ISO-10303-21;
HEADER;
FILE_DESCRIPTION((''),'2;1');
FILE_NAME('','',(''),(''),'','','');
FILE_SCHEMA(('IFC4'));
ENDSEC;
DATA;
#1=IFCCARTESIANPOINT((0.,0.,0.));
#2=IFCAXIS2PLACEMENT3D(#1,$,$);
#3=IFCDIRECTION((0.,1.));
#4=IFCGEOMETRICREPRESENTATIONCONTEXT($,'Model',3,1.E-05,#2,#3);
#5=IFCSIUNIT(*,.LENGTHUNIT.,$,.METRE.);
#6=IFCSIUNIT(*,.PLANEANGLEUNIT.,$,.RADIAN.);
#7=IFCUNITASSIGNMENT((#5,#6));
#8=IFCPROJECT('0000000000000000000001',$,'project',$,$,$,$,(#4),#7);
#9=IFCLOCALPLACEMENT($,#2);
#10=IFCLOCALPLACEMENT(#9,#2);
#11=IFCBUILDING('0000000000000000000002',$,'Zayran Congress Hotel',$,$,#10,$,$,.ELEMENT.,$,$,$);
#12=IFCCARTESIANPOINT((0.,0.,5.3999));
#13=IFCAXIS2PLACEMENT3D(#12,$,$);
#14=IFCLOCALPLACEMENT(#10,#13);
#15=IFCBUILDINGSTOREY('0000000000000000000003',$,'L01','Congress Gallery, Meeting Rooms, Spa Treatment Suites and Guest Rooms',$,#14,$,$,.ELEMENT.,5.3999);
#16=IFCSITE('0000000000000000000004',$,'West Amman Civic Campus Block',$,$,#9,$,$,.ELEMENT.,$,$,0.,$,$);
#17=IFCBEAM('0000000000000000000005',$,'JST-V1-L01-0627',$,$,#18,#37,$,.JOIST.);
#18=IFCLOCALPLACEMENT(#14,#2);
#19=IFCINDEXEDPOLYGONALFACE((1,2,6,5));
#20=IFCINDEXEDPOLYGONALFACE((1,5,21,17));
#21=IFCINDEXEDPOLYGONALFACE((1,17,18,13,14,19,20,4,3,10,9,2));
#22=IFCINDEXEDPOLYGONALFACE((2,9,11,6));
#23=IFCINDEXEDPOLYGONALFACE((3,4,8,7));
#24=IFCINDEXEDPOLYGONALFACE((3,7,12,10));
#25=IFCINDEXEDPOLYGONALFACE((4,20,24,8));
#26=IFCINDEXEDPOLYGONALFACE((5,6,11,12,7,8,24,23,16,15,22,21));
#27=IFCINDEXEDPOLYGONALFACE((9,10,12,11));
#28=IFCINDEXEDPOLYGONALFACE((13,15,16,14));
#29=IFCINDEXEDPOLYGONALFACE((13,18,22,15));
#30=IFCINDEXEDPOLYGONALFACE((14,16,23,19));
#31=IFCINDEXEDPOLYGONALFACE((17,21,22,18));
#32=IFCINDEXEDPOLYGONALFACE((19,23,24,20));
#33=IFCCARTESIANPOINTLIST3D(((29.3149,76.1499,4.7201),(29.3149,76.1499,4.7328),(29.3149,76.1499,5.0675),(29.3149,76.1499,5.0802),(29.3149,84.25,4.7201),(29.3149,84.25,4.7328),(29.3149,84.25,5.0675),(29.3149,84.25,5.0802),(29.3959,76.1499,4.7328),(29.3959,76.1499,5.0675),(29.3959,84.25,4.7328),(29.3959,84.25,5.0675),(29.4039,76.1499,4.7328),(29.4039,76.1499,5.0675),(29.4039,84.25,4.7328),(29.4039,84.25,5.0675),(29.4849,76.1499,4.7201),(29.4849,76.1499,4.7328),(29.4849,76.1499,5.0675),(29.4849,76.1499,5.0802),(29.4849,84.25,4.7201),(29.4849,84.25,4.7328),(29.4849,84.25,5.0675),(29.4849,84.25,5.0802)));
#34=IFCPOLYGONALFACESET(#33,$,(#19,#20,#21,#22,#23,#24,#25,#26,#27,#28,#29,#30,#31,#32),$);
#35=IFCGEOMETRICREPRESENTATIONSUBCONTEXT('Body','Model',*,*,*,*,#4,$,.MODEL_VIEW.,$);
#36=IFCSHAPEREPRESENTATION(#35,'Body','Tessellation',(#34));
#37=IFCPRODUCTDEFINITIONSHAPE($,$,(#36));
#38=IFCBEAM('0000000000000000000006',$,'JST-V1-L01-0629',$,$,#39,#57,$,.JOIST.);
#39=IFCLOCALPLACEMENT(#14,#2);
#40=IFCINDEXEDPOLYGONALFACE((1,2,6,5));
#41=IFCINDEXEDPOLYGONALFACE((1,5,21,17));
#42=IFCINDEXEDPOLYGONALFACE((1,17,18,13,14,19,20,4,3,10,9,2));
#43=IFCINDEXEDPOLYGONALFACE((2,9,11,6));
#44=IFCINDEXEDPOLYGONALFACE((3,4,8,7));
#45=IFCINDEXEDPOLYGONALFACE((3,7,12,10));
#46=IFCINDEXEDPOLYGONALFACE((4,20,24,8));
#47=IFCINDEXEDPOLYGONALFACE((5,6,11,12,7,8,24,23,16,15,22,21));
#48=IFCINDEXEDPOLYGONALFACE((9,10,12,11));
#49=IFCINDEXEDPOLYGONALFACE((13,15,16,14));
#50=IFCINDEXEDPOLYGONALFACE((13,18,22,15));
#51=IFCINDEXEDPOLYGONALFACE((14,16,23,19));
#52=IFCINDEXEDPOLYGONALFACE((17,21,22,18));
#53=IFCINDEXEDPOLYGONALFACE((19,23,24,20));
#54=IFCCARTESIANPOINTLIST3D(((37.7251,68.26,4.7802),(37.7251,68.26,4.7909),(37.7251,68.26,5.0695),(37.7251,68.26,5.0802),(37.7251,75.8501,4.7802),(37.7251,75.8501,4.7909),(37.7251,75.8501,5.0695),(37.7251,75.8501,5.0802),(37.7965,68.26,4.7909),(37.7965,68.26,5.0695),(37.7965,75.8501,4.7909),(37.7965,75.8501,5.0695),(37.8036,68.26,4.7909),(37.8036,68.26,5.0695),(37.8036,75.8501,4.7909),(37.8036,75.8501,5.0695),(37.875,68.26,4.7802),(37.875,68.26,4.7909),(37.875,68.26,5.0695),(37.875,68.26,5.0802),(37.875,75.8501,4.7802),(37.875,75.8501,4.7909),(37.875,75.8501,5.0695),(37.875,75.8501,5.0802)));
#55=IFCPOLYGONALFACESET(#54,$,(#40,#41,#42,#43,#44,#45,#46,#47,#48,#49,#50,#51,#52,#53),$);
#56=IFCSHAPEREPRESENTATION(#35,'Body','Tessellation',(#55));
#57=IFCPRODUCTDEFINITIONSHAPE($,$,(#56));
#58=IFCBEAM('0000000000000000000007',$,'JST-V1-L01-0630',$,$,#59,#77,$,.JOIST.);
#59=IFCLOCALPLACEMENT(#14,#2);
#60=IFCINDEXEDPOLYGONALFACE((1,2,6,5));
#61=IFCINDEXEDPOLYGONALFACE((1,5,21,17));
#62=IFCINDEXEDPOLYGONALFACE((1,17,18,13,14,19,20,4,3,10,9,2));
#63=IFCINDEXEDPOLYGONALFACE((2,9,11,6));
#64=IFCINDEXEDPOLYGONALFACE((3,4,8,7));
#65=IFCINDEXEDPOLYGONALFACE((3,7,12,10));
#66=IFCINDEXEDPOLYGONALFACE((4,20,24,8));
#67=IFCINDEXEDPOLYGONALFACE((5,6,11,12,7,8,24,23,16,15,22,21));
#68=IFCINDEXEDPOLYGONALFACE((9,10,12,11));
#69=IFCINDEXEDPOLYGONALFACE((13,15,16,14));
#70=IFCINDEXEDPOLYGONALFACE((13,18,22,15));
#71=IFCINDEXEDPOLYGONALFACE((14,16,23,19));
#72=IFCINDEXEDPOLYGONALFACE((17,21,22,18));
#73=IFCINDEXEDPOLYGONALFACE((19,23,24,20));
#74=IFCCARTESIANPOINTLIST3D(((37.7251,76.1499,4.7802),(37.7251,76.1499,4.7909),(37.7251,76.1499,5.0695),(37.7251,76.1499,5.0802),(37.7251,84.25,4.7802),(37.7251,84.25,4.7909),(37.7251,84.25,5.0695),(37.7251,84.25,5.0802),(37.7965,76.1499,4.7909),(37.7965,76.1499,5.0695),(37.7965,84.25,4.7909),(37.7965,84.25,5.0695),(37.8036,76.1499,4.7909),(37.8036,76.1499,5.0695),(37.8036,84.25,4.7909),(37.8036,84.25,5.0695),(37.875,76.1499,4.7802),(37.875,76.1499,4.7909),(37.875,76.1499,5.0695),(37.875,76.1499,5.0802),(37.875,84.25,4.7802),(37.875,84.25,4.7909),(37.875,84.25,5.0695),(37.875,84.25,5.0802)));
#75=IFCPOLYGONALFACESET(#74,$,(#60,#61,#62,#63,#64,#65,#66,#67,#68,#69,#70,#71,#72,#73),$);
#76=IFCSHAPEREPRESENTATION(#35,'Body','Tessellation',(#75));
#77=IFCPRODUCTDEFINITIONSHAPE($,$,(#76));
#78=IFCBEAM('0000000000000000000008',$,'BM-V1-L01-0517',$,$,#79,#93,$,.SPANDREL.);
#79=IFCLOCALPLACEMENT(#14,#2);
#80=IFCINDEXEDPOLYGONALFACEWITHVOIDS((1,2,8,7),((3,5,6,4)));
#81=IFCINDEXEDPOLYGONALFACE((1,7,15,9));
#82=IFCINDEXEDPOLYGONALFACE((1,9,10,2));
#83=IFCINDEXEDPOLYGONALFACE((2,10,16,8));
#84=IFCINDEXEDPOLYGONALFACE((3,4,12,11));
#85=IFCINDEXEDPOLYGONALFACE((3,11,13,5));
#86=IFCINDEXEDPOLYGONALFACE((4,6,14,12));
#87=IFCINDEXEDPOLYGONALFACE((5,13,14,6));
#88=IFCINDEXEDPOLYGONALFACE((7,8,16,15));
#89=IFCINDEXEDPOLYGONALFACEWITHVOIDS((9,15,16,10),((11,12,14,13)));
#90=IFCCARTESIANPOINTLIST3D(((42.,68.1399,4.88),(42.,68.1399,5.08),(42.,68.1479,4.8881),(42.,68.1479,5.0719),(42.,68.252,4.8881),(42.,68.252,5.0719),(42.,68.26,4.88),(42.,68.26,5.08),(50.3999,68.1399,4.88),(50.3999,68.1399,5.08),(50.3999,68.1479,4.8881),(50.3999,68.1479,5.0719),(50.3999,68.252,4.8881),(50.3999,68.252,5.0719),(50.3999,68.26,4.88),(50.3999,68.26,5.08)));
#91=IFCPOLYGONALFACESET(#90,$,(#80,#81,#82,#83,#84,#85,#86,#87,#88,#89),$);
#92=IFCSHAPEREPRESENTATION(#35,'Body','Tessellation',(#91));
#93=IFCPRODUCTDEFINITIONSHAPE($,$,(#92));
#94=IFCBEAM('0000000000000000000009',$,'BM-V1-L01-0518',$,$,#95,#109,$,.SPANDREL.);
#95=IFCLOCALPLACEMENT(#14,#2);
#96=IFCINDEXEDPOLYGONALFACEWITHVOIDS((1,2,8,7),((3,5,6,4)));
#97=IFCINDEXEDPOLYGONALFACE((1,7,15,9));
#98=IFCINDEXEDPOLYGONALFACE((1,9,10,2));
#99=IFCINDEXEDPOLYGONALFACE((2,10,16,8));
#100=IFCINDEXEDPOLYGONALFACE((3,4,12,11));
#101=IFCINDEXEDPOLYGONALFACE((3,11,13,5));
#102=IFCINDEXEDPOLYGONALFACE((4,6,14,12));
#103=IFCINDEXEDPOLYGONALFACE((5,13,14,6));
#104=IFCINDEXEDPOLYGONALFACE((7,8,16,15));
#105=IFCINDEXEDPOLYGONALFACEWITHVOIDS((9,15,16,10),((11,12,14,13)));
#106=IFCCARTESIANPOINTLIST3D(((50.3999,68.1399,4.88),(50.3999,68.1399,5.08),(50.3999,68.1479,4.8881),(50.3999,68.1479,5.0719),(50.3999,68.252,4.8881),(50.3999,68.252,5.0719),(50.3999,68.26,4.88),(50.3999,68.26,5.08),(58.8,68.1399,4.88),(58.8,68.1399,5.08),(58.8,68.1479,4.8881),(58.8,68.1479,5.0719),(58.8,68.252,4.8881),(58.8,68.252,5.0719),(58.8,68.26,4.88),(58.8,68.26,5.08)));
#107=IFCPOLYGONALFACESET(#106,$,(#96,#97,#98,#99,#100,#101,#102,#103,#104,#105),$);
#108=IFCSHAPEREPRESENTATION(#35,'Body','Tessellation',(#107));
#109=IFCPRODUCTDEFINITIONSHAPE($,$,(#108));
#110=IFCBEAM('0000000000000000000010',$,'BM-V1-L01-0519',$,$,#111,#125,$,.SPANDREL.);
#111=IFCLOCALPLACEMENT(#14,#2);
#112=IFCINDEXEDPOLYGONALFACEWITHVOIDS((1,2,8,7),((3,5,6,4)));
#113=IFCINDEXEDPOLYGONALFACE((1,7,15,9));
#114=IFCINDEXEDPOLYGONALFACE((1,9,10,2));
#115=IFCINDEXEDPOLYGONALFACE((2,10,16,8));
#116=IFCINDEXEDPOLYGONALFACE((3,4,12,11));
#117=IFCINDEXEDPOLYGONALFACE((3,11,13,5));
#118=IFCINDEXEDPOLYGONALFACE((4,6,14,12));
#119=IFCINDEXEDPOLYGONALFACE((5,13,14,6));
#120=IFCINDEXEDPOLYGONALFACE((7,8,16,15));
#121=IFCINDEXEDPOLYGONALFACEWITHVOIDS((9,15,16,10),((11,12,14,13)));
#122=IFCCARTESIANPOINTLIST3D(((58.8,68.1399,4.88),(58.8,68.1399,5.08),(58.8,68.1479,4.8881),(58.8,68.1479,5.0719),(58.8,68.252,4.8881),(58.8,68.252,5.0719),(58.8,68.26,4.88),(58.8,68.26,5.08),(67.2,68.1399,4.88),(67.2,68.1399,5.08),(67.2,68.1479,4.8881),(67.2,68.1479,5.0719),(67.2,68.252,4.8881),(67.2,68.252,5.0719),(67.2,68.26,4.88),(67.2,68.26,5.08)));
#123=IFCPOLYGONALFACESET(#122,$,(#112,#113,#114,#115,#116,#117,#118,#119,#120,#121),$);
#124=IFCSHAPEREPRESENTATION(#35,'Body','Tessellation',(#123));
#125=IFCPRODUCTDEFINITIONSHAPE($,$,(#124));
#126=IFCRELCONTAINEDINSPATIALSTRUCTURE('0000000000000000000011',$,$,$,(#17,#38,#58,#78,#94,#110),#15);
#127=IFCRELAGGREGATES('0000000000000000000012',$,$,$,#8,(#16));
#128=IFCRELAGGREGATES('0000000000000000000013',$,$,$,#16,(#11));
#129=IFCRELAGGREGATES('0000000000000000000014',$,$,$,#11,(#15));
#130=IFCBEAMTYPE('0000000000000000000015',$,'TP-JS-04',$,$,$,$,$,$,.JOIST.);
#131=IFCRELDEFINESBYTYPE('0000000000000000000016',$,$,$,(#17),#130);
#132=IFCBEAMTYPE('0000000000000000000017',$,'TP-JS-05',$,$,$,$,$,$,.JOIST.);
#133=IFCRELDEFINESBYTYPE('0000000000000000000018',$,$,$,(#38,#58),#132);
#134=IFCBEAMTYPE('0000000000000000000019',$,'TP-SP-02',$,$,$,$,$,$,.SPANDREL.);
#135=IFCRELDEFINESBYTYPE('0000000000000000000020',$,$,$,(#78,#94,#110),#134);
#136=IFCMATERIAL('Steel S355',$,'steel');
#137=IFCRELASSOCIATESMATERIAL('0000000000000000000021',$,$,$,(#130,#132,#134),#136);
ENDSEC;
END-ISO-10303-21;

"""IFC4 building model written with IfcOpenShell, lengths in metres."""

from ifc_helpers import new_model, si_unit, direction, frame, origin, origin_2d, place, context, subcontext, project, spatial, hollow_rectangle, i_section, extrude, material, material_profile, profile_set, type_object, element, save


model = new_model("IFC4")

# Units and contexts
model_context = context("Model", 3, precision=1e-05, world=origin(), true_north=direction((0.0, 1.0)))
body_context = subcontext(model_context, "Body", "Model", "MODEL_VIEW")
ifc_project = project(units=[si_unit("LENGTHUNIT", "METRE"), si_unit("PLANEANGLEUNIT", "RADIAN")], contexts=[model_context])

# Site, building, storey
site_placement = place(None, origin())
site = spatial("IfcSite", under=ifc_project, at=site_placement, Name="West Amman Civic Campus Block", CompositionType="ELEMENT", RefElevation=0.0)
building_placement = place(site_placement, origin())
building = spatial("IfcBuilding", under=site, at=building_placement, Name="Zayran Congress Hotel", CompositionType="ELEMENT")
storey_placement = place(building_placement, frame((0.0, 0.0, 5.3999)))
storey = spatial("IfcBuildingStorey", under=building, at=storey_placement, Name="L01", Description="Congress Gallery, Meeting Rooms, Spa Treatment Suites and Guest Rooms", CompositionType="ELEMENT", Elevation=5.3999)

# Beams
ifc_material_1 = material(Name="Steel S355", Category="steel")
ifc_material_profile_1 = material_profile(ifc_material_1, i_section(OverallWidth=0.1699, OverallDepth=0.3601, WebThickness=0.0081, FlangeThickness=0.0127, at=origin_2d()), Name="IPE 360")
ifc_profile_set_1 = profile_set([ifc_material_profile_1], Name="Steel S355")
beam_type_1 = type_object("IfcBeamType", Name="TP-JS-04", PredefinedType="JOIST", material=ifc_profile_set_1)
beam_1_placement = place(storey_placement, frame((29.3999, 76.1499, 4.9001), z_axis=(0.0, 1.0, 0.0), x_axis=(-1.0, 0.0, 0.0)))
element("IfcBeam", 1, at=beam_1_placement, inside=storey, type_object=beam_type_1, Name="JST-V1-L01-0627", PredefinedType="JOIST", context=body_context, shape_type="SweptSolid", body=[
    extrude(i_section(OverallWidth=0.1699, OverallDepth=0.3601, WebThickness=0.0081, FlangeThickness=0.0127, at=origin_2d()), origin(), (0.0, 0.0, 1.0), 8.1001),
])
ifc_material_profile_2 = material_profile(ifc_material_1, i_section(OverallWidth=0.1499, OverallDepth=0.3, WebThickness=0.0071, FlangeThickness=0.0107, at=origin_2d()), Name="IPE 300")
ifc_profile_set_2 = profile_set([ifc_material_profile_2], Name="Steel S355")
beam_type_2 = type_object("IfcBeamType", Name="TP-JS-05", PredefinedType="JOIST", material=ifc_profile_set_2)
beam_2_placement = place(storey_placement, frame((37.8, 68.26, 4.9302), z_axis=(0.0, 1.0, 0.0), x_axis=(-1.0, 0.0, 0.0)))
element("IfcBeam", 2, at=beam_2_placement, inside=storey, type_object=beam_type_2, Name="JST-V1-L01-0629", PredefinedType="JOIST", context=body_context, shape_type="SweptSolid", body=[
    extrude(i_section(OverallWidth=0.1499, OverallDepth=0.3, WebThickness=0.0071, FlangeThickness=0.0107, at=origin_2d()), origin(), (0.0, 0.0, 1.0), 7.5901),
])
beam_3_placement = place(storey_placement, frame((37.8, 76.1499, 4.9302), z_axis=(0.0, 1.0, 0.0), x_axis=(-1.0, 0.0, 0.0)))
element("IfcBeam", 3, at=beam_3_placement, inside=storey, type_object=beam_type_2, Name="JST-V1-L01-0630", PredefinedType="JOIST", context=body_context, shape_type="SweptSolid", body=[
    extrude(i_section(OverallWidth=0.1499, OverallDepth=0.3, WebThickness=0.0071, FlangeThickness=0.0107, at=origin_2d()), origin(), (0.0, 0.0, 1.0), 8.1001),
])
ifc_material_profile_3 = material_profile(ifc_material_1, hollow_rectangle(XDim=0.1201, YDim=0.2, WallThickness=0.0081, at=origin_2d()), Name="RHS 200x120x8")
ifc_profile_set_3 = profile_set([ifc_material_profile_3], Name="Steel S355")
beam_type_3 = type_object("IfcBeamType", Name="TP-SP-02", PredefinedType="SPANDREL", material=ifc_profile_set_3)
beam_4_placement = place(storey_placement, frame((42.0, 68.2, 4.98), z_axis=(1.0, 0.0, 0.0), x_axis=(0.0, 1.0, 0.0)))
element("IfcBeam", 4, at=beam_4_placement, inside=storey, type_object=beam_type_3, Name="BM-V1-L01-0517", PredefinedType="SPANDREL", context=body_context, shape_type="SweptSolid", body=[
    extrude(hollow_rectangle(XDim=0.1201, YDim=0.2, WallThickness=0.0081, at=origin_2d()), origin(), (0.0, 0.0, 1.0), 8.3999),
])
beam_5_placement = place(storey_placement, frame((50.3999, 68.2, 4.98), z_axis=(1.0, 0.0, 0.0), x_axis=(0.0, 1.0, 0.0)))
element("IfcBeam", 5, at=beam_5_placement, inside=storey, type_object=beam_type_3, Name="BM-V1-L01-0518", PredefinedType="SPANDREL", context=body_context, shape_type="SweptSolid", body=[
    extrude(hollow_rectangle(XDim=0.1201, YDim=0.2, WallThickness=0.0081, at=origin_2d()), origin(), (0.0, 0.0, 1.0), 8.4001),
])
beam_6_placement = place(storey_placement, frame((58.8, 68.2, 4.98), z_axis=(1.0, 0.0, 0.0), x_axis=(0.0, 1.0, 0.0)))
element("IfcBeam", 6, at=beam_6_placement, inside=storey, type_object=beam_type_3, Name="BM-V1-L01-0519", PredefinedType="SPANDREL", context=body_context, shape_type="SweptSolid", body=[
    extrude(hollow_rectangle(XDim=0.1201, YDim=0.2, WallThickness=0.0081, at=origin_2d()), origin(), (0.0, 0.0, 1.0), 8.3999),
])

save(model, "model.ifc")
